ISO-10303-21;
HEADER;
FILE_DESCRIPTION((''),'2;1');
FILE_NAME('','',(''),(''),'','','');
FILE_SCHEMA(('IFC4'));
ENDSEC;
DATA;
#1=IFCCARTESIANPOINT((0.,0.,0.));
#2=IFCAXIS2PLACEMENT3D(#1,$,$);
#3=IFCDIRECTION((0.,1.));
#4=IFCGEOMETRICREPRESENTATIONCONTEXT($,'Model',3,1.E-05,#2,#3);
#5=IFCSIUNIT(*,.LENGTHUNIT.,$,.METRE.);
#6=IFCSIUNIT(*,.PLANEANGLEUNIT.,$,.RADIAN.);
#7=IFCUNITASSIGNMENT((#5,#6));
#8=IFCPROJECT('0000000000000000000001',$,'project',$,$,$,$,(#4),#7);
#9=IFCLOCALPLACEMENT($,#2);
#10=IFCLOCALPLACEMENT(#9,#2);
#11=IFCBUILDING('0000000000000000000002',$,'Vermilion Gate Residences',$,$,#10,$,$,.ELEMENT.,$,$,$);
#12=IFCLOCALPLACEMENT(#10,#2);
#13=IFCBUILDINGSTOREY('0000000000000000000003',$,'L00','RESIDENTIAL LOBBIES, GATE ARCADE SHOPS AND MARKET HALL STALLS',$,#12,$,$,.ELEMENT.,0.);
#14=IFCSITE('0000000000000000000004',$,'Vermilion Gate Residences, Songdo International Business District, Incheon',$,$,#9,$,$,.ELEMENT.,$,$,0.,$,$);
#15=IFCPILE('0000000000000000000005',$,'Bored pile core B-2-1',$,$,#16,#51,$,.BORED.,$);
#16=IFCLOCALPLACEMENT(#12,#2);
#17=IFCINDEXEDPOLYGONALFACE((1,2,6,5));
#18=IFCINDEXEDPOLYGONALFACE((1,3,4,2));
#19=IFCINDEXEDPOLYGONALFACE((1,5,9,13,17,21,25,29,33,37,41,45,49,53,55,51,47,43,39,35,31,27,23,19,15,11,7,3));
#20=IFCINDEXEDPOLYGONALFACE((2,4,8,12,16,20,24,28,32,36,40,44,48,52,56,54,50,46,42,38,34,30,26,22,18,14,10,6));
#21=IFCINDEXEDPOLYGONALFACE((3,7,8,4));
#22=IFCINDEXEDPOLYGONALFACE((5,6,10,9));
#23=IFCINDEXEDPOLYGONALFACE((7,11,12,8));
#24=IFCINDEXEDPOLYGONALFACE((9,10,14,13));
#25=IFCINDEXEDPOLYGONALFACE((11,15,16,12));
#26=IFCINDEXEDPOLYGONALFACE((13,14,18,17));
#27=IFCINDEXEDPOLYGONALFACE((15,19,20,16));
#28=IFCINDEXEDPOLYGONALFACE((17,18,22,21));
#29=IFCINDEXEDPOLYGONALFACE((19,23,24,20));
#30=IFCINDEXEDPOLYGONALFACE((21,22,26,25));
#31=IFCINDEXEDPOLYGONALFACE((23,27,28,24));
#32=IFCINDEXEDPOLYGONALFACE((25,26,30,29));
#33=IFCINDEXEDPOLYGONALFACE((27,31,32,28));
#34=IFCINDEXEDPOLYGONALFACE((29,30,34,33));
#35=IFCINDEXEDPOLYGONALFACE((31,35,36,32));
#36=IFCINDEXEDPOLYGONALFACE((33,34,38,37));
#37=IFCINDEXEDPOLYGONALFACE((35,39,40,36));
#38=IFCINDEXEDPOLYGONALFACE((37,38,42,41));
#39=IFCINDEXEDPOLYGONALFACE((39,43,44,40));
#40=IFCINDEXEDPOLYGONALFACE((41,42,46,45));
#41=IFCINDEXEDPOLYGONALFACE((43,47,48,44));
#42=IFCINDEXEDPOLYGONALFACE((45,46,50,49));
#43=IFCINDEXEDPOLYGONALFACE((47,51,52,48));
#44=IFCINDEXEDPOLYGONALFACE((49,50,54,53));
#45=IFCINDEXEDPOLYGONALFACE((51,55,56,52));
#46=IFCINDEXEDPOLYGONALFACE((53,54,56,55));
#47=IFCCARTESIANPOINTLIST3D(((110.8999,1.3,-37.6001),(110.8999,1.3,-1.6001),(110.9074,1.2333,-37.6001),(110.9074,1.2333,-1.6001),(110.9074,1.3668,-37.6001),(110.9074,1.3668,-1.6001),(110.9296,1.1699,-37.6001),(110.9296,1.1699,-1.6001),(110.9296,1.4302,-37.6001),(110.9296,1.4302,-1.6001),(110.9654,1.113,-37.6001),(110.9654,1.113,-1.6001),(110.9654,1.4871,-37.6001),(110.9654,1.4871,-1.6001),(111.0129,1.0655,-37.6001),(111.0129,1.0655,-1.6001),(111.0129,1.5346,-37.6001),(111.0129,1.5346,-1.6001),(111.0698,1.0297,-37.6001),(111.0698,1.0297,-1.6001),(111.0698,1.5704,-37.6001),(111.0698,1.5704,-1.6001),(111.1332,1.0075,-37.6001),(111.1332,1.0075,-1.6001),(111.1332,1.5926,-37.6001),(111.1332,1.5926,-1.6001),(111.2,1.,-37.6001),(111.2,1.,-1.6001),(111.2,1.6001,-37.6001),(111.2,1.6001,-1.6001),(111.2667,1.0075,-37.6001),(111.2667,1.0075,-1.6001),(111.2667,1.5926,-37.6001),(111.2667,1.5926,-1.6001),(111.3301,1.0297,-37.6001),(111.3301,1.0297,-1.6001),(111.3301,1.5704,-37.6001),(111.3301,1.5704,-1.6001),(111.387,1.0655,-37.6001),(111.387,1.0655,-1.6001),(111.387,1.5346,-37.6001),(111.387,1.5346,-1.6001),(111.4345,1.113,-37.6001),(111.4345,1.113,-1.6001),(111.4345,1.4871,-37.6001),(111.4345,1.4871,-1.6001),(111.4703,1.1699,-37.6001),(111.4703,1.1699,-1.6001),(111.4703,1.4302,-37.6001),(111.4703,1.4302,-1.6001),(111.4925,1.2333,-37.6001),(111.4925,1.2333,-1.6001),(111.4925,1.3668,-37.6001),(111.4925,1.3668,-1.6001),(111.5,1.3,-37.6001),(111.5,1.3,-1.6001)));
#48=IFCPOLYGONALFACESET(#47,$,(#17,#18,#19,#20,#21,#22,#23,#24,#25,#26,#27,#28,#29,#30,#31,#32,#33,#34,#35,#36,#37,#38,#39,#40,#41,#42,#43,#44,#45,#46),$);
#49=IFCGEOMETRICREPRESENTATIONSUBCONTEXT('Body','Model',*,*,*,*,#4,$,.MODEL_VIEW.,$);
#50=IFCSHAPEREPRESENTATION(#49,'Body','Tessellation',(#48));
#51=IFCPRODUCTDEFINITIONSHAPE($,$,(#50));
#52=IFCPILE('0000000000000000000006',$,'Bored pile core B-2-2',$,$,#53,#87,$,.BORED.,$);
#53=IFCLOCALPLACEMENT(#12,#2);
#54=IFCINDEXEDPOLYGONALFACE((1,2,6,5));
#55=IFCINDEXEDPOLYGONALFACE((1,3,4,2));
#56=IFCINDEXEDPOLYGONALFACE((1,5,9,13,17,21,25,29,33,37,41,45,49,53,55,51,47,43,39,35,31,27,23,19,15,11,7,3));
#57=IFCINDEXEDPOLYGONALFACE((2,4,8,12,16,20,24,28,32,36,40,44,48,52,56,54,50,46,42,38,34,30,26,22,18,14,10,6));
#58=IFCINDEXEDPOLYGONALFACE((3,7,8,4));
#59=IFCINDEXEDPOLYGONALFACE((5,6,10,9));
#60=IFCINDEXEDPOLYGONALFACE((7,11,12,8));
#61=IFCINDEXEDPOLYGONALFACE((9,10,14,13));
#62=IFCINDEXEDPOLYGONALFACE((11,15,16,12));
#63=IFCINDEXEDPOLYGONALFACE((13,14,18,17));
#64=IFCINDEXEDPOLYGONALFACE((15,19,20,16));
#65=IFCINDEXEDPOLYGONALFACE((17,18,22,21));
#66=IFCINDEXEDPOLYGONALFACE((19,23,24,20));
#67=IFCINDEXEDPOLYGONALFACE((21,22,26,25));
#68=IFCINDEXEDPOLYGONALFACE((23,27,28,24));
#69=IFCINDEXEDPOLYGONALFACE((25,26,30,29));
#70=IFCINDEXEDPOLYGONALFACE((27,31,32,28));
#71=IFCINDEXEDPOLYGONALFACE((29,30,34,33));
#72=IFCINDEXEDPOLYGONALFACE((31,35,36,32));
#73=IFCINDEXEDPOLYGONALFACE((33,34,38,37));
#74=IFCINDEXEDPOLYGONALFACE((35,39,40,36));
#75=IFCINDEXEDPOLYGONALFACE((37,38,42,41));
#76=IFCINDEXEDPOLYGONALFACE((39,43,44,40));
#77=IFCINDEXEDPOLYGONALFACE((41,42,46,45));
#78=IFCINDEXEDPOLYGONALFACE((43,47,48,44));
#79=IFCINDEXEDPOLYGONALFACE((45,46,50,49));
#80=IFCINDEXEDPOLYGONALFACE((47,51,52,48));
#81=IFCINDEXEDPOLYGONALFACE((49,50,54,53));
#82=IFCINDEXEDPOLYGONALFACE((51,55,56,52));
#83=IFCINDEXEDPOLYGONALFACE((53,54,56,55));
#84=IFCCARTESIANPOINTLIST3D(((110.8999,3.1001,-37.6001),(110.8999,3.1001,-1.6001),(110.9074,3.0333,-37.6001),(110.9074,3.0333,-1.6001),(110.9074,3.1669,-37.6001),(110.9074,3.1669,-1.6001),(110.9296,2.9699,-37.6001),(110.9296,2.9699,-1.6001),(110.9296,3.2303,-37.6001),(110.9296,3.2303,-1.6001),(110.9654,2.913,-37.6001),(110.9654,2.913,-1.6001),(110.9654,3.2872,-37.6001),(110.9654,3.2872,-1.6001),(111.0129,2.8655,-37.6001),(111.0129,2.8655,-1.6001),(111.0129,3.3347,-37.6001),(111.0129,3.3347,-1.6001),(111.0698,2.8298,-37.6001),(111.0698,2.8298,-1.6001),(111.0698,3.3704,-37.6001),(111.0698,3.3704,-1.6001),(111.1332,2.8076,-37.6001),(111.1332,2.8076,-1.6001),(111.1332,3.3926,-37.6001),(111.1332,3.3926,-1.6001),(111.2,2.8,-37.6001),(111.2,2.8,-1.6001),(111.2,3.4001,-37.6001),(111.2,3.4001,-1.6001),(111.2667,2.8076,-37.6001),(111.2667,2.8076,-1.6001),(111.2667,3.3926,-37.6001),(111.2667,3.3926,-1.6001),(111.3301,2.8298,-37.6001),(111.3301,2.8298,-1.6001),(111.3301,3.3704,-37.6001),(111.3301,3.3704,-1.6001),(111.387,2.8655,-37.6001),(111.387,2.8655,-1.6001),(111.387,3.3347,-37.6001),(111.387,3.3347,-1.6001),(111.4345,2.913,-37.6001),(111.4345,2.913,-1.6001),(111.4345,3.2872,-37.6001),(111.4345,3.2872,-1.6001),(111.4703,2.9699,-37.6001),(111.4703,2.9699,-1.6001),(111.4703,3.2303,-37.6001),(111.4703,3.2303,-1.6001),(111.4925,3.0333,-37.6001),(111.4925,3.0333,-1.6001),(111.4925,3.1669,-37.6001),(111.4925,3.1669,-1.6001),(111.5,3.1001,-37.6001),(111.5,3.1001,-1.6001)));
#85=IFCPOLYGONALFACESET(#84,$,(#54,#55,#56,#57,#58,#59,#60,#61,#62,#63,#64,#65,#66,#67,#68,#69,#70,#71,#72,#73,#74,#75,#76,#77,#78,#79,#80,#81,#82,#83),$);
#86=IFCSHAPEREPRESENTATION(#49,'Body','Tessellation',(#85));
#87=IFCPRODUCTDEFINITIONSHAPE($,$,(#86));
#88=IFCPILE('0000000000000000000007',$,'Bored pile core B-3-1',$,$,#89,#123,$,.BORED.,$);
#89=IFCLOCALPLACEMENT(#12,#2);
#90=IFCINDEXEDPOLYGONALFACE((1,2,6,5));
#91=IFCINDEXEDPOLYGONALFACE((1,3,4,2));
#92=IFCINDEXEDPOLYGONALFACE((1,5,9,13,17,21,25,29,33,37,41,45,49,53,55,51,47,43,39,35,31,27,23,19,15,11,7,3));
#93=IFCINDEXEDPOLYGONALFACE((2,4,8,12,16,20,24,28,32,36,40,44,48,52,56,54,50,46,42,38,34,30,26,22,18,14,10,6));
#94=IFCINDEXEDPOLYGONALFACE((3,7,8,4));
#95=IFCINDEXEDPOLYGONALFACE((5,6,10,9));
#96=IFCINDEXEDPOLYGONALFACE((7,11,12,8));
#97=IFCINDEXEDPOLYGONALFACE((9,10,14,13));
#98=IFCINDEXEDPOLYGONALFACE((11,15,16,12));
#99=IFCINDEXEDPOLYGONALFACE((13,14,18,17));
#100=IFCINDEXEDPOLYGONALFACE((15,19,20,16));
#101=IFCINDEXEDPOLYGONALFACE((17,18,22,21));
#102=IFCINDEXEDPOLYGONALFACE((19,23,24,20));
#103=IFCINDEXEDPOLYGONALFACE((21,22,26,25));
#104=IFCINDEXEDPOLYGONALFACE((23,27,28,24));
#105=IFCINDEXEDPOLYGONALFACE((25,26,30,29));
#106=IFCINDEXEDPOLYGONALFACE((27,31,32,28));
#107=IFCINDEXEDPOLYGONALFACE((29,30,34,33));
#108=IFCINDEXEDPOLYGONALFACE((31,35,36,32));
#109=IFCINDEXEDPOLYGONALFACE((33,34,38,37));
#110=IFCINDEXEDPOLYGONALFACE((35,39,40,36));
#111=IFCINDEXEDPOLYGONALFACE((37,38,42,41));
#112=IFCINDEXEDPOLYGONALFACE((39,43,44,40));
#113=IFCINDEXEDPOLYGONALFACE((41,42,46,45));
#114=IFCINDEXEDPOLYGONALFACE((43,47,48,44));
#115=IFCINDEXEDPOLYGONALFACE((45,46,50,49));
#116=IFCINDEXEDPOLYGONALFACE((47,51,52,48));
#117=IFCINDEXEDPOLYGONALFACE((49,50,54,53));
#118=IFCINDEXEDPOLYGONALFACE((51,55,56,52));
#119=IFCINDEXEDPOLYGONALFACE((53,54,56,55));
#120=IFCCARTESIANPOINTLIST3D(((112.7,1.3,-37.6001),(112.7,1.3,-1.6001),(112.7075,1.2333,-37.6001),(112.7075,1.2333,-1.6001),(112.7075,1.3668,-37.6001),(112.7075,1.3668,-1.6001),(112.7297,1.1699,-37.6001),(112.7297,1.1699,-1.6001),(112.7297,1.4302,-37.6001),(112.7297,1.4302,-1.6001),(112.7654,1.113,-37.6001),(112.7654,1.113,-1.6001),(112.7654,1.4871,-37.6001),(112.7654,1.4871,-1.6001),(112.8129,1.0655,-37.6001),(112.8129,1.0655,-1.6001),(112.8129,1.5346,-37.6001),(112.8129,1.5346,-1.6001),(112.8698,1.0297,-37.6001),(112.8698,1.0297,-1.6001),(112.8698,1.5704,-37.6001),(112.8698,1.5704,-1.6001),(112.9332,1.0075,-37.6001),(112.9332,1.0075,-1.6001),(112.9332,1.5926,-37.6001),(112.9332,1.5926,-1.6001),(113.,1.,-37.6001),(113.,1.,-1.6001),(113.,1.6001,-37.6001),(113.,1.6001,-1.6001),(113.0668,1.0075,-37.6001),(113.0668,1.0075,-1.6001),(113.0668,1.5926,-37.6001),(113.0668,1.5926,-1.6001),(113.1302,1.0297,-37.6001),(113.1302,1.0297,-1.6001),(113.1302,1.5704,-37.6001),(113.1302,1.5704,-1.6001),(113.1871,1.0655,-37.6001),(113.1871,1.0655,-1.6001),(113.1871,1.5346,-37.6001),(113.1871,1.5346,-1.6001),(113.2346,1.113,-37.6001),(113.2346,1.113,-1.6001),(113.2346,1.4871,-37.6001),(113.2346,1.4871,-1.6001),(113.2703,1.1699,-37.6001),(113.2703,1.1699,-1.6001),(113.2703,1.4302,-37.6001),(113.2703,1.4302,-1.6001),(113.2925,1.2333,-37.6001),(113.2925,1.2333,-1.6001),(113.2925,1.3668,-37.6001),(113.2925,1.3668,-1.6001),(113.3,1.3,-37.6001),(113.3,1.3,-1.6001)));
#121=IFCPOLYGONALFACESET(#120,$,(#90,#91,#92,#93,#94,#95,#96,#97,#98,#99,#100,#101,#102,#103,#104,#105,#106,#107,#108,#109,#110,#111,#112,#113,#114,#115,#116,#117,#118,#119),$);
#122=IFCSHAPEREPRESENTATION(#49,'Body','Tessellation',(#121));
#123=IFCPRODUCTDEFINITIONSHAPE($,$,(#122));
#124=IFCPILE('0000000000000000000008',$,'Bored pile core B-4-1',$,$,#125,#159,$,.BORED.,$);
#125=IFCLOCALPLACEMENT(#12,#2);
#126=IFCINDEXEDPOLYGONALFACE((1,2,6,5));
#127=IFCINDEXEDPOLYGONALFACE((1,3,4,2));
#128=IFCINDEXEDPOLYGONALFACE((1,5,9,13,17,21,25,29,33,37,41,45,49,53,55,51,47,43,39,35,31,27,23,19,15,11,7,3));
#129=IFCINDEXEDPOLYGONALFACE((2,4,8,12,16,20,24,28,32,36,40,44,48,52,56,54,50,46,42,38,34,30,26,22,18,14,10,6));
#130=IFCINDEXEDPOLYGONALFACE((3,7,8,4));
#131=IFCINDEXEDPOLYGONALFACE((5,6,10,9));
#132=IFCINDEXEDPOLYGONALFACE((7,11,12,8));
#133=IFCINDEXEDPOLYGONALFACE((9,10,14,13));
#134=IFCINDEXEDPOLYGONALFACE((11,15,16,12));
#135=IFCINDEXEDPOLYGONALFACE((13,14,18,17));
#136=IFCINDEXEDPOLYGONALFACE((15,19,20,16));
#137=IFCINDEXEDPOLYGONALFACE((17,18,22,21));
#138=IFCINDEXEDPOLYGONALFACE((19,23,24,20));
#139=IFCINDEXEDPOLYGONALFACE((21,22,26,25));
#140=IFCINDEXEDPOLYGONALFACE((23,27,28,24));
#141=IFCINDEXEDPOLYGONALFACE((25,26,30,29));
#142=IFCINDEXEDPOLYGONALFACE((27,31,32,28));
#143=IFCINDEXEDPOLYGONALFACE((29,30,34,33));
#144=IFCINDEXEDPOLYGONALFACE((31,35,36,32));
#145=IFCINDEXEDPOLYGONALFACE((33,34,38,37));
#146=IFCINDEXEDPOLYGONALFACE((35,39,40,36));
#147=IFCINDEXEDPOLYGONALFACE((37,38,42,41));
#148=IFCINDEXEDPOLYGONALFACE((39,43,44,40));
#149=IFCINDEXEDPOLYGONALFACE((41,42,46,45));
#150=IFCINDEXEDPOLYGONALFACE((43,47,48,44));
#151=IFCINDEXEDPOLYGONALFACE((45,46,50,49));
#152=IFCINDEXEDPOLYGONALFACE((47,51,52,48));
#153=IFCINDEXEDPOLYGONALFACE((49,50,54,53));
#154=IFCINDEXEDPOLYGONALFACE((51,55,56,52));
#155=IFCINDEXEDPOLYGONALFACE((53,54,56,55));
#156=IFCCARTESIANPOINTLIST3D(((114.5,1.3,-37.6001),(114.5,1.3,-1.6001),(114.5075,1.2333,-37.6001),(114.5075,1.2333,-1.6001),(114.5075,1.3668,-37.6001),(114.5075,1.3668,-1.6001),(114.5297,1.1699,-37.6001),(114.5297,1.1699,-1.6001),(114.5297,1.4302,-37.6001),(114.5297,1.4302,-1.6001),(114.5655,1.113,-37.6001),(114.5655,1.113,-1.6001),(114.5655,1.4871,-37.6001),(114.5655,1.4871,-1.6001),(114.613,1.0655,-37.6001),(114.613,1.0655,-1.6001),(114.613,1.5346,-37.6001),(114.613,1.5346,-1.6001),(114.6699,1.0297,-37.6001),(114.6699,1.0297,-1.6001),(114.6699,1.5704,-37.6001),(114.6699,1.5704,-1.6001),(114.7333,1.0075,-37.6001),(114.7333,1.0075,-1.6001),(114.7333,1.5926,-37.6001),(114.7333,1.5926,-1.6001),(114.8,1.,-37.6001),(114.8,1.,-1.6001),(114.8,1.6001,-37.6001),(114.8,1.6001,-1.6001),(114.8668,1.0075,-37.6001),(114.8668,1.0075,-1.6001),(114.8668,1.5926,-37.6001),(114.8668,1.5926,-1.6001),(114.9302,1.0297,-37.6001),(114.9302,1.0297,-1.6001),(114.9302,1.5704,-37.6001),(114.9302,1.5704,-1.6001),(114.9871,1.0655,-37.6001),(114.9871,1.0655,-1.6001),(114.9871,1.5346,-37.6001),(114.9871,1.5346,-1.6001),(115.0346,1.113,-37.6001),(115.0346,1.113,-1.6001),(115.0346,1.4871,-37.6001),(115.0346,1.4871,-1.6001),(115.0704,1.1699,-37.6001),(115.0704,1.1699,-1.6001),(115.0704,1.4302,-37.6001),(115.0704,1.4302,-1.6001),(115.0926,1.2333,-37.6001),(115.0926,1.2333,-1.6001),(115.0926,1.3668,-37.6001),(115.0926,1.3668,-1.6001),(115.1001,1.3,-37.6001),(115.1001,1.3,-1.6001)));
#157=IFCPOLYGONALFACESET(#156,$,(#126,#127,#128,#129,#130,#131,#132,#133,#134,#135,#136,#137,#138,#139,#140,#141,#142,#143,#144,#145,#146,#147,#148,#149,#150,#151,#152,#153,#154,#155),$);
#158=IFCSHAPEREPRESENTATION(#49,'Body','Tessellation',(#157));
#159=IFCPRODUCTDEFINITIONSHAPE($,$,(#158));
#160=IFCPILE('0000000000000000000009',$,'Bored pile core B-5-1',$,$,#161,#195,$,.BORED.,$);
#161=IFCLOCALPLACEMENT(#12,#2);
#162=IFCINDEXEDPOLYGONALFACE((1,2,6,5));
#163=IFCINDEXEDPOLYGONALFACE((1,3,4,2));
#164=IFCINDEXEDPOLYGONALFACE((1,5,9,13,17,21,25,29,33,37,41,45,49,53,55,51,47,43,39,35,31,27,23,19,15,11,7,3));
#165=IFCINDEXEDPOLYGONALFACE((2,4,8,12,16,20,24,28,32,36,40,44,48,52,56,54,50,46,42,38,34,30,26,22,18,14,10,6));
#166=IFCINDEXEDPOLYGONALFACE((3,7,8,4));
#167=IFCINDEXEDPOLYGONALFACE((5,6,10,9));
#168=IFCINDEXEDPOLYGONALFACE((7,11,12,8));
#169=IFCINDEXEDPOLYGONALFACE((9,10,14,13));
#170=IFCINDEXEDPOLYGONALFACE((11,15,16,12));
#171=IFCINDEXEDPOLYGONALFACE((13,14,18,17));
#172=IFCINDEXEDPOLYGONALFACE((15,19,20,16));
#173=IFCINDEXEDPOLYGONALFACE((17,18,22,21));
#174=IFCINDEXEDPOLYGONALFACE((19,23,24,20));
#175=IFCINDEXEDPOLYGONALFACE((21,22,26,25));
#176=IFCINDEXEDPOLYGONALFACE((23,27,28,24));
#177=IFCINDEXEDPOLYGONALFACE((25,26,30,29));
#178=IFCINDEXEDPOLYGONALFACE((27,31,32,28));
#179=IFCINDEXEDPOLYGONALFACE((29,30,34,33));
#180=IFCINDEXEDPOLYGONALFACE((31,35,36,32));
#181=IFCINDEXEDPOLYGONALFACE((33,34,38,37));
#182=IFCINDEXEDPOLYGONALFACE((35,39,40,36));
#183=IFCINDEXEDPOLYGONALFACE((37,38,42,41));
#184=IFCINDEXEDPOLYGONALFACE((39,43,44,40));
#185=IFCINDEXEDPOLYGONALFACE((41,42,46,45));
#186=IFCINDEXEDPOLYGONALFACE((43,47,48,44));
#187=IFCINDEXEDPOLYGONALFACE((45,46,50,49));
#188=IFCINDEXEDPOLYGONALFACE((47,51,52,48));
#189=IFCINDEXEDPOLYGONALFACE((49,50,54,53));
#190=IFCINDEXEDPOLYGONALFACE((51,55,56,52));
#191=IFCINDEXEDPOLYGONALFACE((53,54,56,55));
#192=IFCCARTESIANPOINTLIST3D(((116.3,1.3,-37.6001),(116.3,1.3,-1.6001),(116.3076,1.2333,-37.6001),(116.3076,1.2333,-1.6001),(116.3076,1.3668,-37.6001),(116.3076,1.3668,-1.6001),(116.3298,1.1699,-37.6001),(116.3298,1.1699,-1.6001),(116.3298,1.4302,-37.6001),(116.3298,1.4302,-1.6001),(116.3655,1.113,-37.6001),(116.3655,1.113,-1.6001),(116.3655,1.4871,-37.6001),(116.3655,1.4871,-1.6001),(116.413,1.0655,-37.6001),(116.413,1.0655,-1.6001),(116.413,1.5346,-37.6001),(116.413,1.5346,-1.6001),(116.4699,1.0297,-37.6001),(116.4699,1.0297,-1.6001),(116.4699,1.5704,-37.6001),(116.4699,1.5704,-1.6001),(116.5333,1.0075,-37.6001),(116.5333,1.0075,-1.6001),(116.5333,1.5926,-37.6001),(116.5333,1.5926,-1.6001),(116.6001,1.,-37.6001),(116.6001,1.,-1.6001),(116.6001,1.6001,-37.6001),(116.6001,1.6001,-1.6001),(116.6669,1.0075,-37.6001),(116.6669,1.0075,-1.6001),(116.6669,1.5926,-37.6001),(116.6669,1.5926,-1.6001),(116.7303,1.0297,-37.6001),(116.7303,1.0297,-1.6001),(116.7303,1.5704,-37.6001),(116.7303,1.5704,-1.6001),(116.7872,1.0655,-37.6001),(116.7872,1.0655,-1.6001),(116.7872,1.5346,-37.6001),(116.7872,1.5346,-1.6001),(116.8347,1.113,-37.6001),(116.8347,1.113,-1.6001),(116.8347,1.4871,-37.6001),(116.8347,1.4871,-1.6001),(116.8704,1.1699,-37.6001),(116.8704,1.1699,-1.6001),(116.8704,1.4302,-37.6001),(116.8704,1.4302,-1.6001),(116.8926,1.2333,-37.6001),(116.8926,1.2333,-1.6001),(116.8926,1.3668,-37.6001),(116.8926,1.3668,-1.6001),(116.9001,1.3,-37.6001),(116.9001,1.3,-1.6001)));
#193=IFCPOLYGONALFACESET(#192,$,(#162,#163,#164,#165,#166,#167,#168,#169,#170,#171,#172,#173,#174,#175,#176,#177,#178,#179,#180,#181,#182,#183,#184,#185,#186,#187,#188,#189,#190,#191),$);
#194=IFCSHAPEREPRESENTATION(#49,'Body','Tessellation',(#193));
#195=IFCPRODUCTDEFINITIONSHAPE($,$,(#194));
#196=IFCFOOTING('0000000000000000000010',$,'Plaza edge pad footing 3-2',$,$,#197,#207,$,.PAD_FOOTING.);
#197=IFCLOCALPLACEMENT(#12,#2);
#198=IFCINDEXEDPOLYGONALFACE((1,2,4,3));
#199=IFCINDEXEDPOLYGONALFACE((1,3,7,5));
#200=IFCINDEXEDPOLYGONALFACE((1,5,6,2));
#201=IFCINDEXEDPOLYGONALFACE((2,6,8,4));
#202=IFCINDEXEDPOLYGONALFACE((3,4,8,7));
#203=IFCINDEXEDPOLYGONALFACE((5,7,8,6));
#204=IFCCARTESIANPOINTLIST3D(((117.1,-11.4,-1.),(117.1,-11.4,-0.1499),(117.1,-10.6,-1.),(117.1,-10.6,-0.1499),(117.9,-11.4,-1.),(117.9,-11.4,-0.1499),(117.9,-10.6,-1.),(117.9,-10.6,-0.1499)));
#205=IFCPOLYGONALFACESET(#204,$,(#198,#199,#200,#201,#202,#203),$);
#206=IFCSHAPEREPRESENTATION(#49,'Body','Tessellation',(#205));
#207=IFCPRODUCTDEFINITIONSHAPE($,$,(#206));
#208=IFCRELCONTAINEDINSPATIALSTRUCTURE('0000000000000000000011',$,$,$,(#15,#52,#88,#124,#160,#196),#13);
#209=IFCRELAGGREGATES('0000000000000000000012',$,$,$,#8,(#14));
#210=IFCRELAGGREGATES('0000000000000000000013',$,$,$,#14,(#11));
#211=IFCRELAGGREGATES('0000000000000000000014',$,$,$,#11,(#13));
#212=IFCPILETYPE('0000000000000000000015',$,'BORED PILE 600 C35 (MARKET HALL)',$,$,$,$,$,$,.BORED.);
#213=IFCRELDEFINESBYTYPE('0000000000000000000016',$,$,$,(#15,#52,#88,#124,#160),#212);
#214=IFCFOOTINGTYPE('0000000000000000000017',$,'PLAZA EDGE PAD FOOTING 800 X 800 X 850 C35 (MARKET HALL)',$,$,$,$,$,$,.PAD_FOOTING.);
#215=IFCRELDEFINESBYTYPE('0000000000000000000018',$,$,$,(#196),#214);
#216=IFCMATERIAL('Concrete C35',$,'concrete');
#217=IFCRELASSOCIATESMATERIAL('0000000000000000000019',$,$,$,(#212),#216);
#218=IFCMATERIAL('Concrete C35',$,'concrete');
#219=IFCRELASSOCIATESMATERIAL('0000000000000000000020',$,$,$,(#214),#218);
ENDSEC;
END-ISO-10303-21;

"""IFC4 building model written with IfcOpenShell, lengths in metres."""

from ifc_helpers import new_model, si_unit, direction, frame, origin, origin_2d, place, context, subcontext, project, spatial, rectangle, circle, extrude, material, material_profile, profile_set, type_object, element, save


model = new_model("IFC4")

# Units and contexts
model_context = context("Model", 3, precision=1e-05, world=origin(), true_north=direction((0.0, 1.0)))
body_context = subcontext(model_context, "Body", "Model", "MODEL_VIEW")
ifc_project = project(units=[si_unit("LENGTHUNIT", "METRE"), si_unit("PLANEANGLEUNIT", "RADIAN")], contexts=[model_context])

# Site, building, storey
site_placement = place(None, origin())
site = spatial("IfcSite", under=ifc_project, at=site_placement, Name="Vermilion Gate Residences, Songdo International Business District, Incheon", CompositionType="ELEMENT", RefElevation=0.0)
building_placement = place(site_placement, origin())
building = spatial("IfcBuilding", under=site, at=building_placement, Name="Vermilion Gate Residences", CompositionType="ELEMENT")
storey_placement = place(building_placement, origin())
storey = spatial("IfcBuildingStorey", under=building, at=storey_placement, Name="L00", Description="RESIDENTIAL LOBBIES, GATE ARCADE SHOPS AND MARKET HALL STALLS", CompositionType="ELEMENT", Elevation=0.0)

# Piles
ifc_material_1 = material(Name="Concrete C35", Category="concrete")
ifc_material_profile_1 = material_profile(ifc_material_1, circle(Radius=0.3, at=origin_2d()), Name="BORED PILE 600 C35 (MARKET HALL)")
ifc_profile_set_1 = profile_set([ifc_material_profile_1], Name="Concrete C35")
pile_type = type_object("IfcPileType", Name="BORED PILE 600 C35 (MARKET HALL)", PredefinedType="BORED", material=ifc_profile_set_1)
for number, where, z_axis, x_axis, name in (
    (1, (111.2, 1.3, -1.6001), (0.0, 0.0, -1.0), (1.0, 0.0, 0.0), "Bored pile core B-2-1"),
    (2, (111.2, 3.1001, -1.6001), (0.0, 0.0, -1.0), (1.0, 0.0, 0.0), "Bored pile core B-2-2"),
    (3, (113.0, 1.3, -1.6001), (0.0, 0.0, -1.0), (1.0, 0.0, 0.0), "Bored pile core B-3-1"),
    (4, (114.8, 1.3, -1.6001), (0.0, 0.0, -1.0), (1.0, 0.0, 0.0), "Bored pile core B-4-1"),
    (5, (116.6001, 1.3, -1.6001), (0.0, 0.0, -1.0), (1.0, 0.0, 0.0), "Bored pile core B-5-1"),
):
    element("IfcPile", number, at=place(storey_placement, frame(where, z_axis=z_axis, x_axis=x_axis)), inside=storey, type_object=pile_type, Name=name, PredefinedType="BORED", context=body_context, shape_type="SweptSolid", body=[
        extrude(circle(Radius=0.3, at=origin_2d()), origin(), (0.0, 0.0, 1.0), 36.0),
    ])

# Footing
ifc_material_2 = material(Name="Concrete C35", Category="concrete")
footing_type = type_object("IfcFootingType", Name="PLAZA EDGE PAD FOOTING 800 X 800 X 850 C35 (MARKET HALL)", PredefinedType="PAD_FOOTING", material=ifc_material_2)
for number, where, z_axis, x_axis, name in (
    (6, (117.5, -11.0, -1.0), (0.0, 0.0, 1.0), (1.0, 0.0, 0.0), "Plaza edge pad footing 3-2"),
):
    element("IfcFooting", number, at=place(storey_placement, frame(where, z_axis=z_axis, x_axis=x_axis)), inside=storey, type_object=footing_type, Name=name, PredefinedType="PAD_FOOTING", context=body_context, shape_type="SweptSolid", body=[
        extrude(rectangle(XDim=0.8, YDim=0.8, at=origin_2d()), origin(), (0.0, 0.0, 1.0), 0.8501),
    ])

save(model, "model.ifc")
